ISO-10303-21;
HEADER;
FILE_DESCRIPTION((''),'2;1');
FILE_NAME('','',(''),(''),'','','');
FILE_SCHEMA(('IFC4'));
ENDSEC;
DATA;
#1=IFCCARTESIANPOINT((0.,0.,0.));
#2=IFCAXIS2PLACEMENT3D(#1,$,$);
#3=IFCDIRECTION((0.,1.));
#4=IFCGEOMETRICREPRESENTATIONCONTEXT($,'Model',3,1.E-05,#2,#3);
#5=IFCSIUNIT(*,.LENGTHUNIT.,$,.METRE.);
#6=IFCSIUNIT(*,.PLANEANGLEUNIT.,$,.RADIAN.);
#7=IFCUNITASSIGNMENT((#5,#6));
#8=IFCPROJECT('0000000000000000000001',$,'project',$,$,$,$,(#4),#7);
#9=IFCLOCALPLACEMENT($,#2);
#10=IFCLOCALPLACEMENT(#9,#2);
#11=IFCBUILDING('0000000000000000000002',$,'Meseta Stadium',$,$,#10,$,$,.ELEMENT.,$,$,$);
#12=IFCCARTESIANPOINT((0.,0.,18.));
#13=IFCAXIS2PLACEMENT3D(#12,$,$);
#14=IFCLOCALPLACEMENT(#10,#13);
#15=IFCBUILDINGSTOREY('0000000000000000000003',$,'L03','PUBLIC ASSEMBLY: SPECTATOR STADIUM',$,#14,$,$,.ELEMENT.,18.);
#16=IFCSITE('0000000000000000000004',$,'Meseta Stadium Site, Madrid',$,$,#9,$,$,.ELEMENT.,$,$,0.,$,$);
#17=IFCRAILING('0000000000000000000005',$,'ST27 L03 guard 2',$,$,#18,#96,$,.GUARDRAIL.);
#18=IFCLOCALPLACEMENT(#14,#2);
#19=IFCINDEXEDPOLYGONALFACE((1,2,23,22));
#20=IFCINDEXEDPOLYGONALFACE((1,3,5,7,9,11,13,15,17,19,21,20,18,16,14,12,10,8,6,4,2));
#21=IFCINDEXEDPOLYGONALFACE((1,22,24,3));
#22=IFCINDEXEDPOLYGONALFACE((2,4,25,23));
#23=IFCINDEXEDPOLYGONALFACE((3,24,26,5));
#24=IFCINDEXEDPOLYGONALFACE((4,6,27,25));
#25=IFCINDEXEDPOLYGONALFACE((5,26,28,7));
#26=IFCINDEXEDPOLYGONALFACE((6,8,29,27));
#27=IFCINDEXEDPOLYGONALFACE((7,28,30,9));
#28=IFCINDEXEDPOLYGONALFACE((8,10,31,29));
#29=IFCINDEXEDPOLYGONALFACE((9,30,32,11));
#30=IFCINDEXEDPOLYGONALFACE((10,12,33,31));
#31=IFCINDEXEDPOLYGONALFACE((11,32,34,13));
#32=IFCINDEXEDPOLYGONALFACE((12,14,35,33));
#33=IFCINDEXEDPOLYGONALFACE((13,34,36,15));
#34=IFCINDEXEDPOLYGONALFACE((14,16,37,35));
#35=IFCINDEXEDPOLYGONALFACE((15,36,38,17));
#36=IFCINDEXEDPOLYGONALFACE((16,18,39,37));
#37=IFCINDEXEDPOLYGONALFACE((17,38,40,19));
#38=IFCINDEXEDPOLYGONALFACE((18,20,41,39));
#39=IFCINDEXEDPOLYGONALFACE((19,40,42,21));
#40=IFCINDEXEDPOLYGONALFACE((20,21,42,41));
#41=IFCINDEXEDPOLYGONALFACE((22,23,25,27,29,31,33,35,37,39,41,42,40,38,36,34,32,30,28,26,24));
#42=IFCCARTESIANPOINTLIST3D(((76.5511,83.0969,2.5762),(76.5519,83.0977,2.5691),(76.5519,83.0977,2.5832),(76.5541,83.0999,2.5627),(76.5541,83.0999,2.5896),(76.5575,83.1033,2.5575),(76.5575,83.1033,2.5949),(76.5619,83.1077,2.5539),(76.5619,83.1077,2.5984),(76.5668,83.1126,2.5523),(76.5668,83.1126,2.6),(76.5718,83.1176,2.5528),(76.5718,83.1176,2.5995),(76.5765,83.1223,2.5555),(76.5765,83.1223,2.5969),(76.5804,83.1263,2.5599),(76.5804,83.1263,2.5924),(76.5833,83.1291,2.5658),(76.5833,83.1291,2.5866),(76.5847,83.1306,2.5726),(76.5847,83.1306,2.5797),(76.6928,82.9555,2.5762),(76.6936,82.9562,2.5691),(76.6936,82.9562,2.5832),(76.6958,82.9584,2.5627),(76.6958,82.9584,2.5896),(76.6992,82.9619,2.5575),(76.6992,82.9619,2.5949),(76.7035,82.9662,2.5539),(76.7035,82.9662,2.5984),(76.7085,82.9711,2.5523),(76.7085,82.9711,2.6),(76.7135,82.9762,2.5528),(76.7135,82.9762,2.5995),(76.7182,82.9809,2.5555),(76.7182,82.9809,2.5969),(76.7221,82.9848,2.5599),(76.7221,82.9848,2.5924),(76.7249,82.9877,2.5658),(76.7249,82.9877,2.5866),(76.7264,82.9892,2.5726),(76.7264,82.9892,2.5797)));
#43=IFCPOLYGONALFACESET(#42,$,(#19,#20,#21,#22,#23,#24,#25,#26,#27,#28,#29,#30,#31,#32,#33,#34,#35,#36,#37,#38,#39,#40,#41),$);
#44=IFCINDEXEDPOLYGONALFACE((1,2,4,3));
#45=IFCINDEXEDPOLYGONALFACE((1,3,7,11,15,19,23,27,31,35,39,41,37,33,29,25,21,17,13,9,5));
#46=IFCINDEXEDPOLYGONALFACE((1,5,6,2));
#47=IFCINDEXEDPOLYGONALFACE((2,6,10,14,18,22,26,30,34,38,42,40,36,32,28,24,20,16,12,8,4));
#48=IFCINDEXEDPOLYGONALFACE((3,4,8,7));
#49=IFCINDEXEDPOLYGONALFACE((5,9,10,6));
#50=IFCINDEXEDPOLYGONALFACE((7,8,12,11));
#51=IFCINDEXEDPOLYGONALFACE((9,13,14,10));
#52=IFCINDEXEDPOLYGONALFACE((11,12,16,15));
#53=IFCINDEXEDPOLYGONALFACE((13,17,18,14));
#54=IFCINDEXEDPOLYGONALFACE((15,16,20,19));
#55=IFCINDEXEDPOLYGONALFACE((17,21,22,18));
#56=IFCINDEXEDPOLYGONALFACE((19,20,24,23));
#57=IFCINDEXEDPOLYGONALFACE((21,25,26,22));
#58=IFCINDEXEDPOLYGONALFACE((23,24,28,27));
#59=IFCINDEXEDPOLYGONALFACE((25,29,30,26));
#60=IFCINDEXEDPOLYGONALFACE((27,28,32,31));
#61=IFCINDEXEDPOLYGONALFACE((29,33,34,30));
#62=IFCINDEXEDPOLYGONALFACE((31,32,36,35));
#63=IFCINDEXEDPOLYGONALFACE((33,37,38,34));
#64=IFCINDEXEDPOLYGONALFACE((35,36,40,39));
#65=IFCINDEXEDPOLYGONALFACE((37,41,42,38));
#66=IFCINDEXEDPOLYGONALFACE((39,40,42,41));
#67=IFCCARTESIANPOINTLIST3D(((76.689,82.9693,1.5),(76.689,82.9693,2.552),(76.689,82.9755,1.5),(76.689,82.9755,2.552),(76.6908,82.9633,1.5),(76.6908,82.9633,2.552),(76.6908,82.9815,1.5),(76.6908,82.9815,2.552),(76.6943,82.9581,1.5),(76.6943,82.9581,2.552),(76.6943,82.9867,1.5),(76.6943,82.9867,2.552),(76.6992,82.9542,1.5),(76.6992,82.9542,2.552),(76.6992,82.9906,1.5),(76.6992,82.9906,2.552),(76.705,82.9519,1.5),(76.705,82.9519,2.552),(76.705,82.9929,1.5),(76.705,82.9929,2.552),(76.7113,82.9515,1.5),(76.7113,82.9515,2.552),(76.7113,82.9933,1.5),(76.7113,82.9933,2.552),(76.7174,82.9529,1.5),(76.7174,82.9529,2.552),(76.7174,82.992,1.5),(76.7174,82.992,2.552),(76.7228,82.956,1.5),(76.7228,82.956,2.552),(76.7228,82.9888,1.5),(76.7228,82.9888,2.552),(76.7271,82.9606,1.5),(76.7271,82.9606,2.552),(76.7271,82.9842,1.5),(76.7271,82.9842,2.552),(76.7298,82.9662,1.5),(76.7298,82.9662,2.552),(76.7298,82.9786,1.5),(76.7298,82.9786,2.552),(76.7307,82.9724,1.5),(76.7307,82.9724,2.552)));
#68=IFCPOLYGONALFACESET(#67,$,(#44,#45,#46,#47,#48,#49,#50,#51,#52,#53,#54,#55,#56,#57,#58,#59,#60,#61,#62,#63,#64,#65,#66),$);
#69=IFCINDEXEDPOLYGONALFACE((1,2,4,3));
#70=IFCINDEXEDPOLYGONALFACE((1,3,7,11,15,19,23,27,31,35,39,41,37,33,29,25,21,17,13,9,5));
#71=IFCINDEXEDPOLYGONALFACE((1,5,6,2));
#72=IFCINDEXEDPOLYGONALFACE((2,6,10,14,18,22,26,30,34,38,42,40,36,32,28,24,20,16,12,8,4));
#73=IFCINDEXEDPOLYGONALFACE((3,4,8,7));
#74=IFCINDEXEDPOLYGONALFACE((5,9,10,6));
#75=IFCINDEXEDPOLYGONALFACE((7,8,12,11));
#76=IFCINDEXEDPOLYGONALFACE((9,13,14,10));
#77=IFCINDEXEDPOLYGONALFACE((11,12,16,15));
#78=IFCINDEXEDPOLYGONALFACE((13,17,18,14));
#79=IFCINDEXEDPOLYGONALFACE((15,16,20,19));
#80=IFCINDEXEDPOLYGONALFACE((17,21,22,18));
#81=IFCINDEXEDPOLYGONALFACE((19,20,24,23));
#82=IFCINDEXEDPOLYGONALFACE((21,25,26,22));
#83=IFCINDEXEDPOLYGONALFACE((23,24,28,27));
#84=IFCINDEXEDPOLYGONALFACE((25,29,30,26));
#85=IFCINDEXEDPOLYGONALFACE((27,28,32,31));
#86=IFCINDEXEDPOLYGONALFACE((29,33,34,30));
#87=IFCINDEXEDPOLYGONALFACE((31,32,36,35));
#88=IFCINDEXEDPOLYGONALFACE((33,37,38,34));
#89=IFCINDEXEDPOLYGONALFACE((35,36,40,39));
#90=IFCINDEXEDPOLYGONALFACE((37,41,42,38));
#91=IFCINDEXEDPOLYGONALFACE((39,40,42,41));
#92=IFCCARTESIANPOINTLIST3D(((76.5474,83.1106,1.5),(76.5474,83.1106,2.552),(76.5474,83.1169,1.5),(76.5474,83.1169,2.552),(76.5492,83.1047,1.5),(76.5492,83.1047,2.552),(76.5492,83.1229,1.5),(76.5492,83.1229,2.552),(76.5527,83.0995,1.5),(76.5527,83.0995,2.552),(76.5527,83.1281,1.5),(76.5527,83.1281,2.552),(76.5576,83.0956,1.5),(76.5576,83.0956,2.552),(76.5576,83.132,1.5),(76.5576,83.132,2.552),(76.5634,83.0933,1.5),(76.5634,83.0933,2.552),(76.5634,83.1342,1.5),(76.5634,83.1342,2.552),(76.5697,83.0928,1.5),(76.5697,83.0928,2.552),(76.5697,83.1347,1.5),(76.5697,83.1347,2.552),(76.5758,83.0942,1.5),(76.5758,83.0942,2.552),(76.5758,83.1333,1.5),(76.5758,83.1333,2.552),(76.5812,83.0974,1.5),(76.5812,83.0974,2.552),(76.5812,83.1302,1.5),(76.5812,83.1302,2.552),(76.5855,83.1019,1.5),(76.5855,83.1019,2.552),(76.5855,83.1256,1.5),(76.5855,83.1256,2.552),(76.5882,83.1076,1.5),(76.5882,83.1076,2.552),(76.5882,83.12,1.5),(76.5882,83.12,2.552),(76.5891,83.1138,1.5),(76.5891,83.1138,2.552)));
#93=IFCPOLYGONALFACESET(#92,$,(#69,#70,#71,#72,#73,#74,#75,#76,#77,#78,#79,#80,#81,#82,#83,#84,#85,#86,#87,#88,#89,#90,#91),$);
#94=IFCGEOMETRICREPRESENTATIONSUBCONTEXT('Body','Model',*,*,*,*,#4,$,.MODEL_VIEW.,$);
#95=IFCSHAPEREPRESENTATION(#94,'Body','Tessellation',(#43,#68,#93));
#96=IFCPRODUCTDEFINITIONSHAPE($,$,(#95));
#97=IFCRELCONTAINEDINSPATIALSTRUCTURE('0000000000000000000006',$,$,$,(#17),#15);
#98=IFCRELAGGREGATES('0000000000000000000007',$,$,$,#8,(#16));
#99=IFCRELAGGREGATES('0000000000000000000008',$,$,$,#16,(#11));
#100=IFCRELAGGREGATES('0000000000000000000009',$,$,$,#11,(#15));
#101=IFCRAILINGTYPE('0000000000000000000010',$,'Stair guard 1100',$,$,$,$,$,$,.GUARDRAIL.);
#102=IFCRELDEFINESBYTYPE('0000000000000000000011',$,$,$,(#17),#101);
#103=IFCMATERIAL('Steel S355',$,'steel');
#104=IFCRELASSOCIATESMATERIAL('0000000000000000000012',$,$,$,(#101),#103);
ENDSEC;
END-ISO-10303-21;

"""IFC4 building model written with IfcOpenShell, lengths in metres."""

from ifc_helpers import new_model, si_unit, direction, frame, origin, origin_2d, place, context, subcontext, project, spatial, circle, extrude, material, type_object, element, save


model = new_model("IFC4")

# Units and contexts
model_context = context("Model", 3, precision=1e-05, world=origin(), true_north=direction((0.0, 1.0)))
body_context = subcontext(model_context, "Body", "Model", "MODEL_VIEW")
ifc_project = project(units=[si_unit("LENGTHUNIT", "METRE"), si_unit("PLANEANGLEUNIT", "RADIAN")], contexts=[model_context])

# Site, building, storey
site_placement = place(None, origin())
site = spatial("IfcSite", under=ifc_project, at=site_placement, Name="Meseta Stadium Site, Madrid", CompositionType="ELEMENT", RefElevation=0.0)
building_placement = place(site_placement, origin())
building = spatial("IfcBuilding", under=site, at=building_placement, Name="Meseta Stadium", CompositionType="ELEMENT")
storey_placement = place(building_placement, frame((0.0, 0.0, 18.0)))
storey = spatial("IfcBuildingStorey", under=building, at=storey_placement, Name="L03", Description="PUBLIC ASSEMBLY: SPECTATOR STADIUM", CompositionType="ELEMENT", Elevation=18.0)

# Railing
ifc_material_1 = material(Name="Steel S355", Category="steel")
railing_type_1 = type_object("IfcRailingType", Name="Stair guard 1100", PredefinedType="GUARDRAIL", material=ifc_material_1)
railing_1_placement = place(storey_placement, frame((76.7097, 82.9724, 1.5)))
element("IfcRailing", 1, at=railing_1_placement, inside=storey, type_object=railing_type_1, Name="ST27 L03 guard 2", PredefinedType="GUARDRAIL", context=body_context, shape_type="SweptSolid", body=[
    extrude(circle(Radius=0.0239, at=origin_2d()), frame((0.0, 0.0, 1.0762), z_axis=(-0.707717, 0.706496, 0.0), x_axis=(-0.706496, -0.707717, 0.0)), (0.0, 0.0, 1.0), 0.2002),
    extrude(circle(Radius=0.021, at=origin_2d()), origin(), (0.0, 0.0, 1.0), 1.052),
    extrude(circle(Radius=0.021, at=origin_2d()), frame((-0.1416, 0.1414, 0.0)), (0.0, 0.0, 1.0), 1.052),
])

save(model, "model.ifc")
